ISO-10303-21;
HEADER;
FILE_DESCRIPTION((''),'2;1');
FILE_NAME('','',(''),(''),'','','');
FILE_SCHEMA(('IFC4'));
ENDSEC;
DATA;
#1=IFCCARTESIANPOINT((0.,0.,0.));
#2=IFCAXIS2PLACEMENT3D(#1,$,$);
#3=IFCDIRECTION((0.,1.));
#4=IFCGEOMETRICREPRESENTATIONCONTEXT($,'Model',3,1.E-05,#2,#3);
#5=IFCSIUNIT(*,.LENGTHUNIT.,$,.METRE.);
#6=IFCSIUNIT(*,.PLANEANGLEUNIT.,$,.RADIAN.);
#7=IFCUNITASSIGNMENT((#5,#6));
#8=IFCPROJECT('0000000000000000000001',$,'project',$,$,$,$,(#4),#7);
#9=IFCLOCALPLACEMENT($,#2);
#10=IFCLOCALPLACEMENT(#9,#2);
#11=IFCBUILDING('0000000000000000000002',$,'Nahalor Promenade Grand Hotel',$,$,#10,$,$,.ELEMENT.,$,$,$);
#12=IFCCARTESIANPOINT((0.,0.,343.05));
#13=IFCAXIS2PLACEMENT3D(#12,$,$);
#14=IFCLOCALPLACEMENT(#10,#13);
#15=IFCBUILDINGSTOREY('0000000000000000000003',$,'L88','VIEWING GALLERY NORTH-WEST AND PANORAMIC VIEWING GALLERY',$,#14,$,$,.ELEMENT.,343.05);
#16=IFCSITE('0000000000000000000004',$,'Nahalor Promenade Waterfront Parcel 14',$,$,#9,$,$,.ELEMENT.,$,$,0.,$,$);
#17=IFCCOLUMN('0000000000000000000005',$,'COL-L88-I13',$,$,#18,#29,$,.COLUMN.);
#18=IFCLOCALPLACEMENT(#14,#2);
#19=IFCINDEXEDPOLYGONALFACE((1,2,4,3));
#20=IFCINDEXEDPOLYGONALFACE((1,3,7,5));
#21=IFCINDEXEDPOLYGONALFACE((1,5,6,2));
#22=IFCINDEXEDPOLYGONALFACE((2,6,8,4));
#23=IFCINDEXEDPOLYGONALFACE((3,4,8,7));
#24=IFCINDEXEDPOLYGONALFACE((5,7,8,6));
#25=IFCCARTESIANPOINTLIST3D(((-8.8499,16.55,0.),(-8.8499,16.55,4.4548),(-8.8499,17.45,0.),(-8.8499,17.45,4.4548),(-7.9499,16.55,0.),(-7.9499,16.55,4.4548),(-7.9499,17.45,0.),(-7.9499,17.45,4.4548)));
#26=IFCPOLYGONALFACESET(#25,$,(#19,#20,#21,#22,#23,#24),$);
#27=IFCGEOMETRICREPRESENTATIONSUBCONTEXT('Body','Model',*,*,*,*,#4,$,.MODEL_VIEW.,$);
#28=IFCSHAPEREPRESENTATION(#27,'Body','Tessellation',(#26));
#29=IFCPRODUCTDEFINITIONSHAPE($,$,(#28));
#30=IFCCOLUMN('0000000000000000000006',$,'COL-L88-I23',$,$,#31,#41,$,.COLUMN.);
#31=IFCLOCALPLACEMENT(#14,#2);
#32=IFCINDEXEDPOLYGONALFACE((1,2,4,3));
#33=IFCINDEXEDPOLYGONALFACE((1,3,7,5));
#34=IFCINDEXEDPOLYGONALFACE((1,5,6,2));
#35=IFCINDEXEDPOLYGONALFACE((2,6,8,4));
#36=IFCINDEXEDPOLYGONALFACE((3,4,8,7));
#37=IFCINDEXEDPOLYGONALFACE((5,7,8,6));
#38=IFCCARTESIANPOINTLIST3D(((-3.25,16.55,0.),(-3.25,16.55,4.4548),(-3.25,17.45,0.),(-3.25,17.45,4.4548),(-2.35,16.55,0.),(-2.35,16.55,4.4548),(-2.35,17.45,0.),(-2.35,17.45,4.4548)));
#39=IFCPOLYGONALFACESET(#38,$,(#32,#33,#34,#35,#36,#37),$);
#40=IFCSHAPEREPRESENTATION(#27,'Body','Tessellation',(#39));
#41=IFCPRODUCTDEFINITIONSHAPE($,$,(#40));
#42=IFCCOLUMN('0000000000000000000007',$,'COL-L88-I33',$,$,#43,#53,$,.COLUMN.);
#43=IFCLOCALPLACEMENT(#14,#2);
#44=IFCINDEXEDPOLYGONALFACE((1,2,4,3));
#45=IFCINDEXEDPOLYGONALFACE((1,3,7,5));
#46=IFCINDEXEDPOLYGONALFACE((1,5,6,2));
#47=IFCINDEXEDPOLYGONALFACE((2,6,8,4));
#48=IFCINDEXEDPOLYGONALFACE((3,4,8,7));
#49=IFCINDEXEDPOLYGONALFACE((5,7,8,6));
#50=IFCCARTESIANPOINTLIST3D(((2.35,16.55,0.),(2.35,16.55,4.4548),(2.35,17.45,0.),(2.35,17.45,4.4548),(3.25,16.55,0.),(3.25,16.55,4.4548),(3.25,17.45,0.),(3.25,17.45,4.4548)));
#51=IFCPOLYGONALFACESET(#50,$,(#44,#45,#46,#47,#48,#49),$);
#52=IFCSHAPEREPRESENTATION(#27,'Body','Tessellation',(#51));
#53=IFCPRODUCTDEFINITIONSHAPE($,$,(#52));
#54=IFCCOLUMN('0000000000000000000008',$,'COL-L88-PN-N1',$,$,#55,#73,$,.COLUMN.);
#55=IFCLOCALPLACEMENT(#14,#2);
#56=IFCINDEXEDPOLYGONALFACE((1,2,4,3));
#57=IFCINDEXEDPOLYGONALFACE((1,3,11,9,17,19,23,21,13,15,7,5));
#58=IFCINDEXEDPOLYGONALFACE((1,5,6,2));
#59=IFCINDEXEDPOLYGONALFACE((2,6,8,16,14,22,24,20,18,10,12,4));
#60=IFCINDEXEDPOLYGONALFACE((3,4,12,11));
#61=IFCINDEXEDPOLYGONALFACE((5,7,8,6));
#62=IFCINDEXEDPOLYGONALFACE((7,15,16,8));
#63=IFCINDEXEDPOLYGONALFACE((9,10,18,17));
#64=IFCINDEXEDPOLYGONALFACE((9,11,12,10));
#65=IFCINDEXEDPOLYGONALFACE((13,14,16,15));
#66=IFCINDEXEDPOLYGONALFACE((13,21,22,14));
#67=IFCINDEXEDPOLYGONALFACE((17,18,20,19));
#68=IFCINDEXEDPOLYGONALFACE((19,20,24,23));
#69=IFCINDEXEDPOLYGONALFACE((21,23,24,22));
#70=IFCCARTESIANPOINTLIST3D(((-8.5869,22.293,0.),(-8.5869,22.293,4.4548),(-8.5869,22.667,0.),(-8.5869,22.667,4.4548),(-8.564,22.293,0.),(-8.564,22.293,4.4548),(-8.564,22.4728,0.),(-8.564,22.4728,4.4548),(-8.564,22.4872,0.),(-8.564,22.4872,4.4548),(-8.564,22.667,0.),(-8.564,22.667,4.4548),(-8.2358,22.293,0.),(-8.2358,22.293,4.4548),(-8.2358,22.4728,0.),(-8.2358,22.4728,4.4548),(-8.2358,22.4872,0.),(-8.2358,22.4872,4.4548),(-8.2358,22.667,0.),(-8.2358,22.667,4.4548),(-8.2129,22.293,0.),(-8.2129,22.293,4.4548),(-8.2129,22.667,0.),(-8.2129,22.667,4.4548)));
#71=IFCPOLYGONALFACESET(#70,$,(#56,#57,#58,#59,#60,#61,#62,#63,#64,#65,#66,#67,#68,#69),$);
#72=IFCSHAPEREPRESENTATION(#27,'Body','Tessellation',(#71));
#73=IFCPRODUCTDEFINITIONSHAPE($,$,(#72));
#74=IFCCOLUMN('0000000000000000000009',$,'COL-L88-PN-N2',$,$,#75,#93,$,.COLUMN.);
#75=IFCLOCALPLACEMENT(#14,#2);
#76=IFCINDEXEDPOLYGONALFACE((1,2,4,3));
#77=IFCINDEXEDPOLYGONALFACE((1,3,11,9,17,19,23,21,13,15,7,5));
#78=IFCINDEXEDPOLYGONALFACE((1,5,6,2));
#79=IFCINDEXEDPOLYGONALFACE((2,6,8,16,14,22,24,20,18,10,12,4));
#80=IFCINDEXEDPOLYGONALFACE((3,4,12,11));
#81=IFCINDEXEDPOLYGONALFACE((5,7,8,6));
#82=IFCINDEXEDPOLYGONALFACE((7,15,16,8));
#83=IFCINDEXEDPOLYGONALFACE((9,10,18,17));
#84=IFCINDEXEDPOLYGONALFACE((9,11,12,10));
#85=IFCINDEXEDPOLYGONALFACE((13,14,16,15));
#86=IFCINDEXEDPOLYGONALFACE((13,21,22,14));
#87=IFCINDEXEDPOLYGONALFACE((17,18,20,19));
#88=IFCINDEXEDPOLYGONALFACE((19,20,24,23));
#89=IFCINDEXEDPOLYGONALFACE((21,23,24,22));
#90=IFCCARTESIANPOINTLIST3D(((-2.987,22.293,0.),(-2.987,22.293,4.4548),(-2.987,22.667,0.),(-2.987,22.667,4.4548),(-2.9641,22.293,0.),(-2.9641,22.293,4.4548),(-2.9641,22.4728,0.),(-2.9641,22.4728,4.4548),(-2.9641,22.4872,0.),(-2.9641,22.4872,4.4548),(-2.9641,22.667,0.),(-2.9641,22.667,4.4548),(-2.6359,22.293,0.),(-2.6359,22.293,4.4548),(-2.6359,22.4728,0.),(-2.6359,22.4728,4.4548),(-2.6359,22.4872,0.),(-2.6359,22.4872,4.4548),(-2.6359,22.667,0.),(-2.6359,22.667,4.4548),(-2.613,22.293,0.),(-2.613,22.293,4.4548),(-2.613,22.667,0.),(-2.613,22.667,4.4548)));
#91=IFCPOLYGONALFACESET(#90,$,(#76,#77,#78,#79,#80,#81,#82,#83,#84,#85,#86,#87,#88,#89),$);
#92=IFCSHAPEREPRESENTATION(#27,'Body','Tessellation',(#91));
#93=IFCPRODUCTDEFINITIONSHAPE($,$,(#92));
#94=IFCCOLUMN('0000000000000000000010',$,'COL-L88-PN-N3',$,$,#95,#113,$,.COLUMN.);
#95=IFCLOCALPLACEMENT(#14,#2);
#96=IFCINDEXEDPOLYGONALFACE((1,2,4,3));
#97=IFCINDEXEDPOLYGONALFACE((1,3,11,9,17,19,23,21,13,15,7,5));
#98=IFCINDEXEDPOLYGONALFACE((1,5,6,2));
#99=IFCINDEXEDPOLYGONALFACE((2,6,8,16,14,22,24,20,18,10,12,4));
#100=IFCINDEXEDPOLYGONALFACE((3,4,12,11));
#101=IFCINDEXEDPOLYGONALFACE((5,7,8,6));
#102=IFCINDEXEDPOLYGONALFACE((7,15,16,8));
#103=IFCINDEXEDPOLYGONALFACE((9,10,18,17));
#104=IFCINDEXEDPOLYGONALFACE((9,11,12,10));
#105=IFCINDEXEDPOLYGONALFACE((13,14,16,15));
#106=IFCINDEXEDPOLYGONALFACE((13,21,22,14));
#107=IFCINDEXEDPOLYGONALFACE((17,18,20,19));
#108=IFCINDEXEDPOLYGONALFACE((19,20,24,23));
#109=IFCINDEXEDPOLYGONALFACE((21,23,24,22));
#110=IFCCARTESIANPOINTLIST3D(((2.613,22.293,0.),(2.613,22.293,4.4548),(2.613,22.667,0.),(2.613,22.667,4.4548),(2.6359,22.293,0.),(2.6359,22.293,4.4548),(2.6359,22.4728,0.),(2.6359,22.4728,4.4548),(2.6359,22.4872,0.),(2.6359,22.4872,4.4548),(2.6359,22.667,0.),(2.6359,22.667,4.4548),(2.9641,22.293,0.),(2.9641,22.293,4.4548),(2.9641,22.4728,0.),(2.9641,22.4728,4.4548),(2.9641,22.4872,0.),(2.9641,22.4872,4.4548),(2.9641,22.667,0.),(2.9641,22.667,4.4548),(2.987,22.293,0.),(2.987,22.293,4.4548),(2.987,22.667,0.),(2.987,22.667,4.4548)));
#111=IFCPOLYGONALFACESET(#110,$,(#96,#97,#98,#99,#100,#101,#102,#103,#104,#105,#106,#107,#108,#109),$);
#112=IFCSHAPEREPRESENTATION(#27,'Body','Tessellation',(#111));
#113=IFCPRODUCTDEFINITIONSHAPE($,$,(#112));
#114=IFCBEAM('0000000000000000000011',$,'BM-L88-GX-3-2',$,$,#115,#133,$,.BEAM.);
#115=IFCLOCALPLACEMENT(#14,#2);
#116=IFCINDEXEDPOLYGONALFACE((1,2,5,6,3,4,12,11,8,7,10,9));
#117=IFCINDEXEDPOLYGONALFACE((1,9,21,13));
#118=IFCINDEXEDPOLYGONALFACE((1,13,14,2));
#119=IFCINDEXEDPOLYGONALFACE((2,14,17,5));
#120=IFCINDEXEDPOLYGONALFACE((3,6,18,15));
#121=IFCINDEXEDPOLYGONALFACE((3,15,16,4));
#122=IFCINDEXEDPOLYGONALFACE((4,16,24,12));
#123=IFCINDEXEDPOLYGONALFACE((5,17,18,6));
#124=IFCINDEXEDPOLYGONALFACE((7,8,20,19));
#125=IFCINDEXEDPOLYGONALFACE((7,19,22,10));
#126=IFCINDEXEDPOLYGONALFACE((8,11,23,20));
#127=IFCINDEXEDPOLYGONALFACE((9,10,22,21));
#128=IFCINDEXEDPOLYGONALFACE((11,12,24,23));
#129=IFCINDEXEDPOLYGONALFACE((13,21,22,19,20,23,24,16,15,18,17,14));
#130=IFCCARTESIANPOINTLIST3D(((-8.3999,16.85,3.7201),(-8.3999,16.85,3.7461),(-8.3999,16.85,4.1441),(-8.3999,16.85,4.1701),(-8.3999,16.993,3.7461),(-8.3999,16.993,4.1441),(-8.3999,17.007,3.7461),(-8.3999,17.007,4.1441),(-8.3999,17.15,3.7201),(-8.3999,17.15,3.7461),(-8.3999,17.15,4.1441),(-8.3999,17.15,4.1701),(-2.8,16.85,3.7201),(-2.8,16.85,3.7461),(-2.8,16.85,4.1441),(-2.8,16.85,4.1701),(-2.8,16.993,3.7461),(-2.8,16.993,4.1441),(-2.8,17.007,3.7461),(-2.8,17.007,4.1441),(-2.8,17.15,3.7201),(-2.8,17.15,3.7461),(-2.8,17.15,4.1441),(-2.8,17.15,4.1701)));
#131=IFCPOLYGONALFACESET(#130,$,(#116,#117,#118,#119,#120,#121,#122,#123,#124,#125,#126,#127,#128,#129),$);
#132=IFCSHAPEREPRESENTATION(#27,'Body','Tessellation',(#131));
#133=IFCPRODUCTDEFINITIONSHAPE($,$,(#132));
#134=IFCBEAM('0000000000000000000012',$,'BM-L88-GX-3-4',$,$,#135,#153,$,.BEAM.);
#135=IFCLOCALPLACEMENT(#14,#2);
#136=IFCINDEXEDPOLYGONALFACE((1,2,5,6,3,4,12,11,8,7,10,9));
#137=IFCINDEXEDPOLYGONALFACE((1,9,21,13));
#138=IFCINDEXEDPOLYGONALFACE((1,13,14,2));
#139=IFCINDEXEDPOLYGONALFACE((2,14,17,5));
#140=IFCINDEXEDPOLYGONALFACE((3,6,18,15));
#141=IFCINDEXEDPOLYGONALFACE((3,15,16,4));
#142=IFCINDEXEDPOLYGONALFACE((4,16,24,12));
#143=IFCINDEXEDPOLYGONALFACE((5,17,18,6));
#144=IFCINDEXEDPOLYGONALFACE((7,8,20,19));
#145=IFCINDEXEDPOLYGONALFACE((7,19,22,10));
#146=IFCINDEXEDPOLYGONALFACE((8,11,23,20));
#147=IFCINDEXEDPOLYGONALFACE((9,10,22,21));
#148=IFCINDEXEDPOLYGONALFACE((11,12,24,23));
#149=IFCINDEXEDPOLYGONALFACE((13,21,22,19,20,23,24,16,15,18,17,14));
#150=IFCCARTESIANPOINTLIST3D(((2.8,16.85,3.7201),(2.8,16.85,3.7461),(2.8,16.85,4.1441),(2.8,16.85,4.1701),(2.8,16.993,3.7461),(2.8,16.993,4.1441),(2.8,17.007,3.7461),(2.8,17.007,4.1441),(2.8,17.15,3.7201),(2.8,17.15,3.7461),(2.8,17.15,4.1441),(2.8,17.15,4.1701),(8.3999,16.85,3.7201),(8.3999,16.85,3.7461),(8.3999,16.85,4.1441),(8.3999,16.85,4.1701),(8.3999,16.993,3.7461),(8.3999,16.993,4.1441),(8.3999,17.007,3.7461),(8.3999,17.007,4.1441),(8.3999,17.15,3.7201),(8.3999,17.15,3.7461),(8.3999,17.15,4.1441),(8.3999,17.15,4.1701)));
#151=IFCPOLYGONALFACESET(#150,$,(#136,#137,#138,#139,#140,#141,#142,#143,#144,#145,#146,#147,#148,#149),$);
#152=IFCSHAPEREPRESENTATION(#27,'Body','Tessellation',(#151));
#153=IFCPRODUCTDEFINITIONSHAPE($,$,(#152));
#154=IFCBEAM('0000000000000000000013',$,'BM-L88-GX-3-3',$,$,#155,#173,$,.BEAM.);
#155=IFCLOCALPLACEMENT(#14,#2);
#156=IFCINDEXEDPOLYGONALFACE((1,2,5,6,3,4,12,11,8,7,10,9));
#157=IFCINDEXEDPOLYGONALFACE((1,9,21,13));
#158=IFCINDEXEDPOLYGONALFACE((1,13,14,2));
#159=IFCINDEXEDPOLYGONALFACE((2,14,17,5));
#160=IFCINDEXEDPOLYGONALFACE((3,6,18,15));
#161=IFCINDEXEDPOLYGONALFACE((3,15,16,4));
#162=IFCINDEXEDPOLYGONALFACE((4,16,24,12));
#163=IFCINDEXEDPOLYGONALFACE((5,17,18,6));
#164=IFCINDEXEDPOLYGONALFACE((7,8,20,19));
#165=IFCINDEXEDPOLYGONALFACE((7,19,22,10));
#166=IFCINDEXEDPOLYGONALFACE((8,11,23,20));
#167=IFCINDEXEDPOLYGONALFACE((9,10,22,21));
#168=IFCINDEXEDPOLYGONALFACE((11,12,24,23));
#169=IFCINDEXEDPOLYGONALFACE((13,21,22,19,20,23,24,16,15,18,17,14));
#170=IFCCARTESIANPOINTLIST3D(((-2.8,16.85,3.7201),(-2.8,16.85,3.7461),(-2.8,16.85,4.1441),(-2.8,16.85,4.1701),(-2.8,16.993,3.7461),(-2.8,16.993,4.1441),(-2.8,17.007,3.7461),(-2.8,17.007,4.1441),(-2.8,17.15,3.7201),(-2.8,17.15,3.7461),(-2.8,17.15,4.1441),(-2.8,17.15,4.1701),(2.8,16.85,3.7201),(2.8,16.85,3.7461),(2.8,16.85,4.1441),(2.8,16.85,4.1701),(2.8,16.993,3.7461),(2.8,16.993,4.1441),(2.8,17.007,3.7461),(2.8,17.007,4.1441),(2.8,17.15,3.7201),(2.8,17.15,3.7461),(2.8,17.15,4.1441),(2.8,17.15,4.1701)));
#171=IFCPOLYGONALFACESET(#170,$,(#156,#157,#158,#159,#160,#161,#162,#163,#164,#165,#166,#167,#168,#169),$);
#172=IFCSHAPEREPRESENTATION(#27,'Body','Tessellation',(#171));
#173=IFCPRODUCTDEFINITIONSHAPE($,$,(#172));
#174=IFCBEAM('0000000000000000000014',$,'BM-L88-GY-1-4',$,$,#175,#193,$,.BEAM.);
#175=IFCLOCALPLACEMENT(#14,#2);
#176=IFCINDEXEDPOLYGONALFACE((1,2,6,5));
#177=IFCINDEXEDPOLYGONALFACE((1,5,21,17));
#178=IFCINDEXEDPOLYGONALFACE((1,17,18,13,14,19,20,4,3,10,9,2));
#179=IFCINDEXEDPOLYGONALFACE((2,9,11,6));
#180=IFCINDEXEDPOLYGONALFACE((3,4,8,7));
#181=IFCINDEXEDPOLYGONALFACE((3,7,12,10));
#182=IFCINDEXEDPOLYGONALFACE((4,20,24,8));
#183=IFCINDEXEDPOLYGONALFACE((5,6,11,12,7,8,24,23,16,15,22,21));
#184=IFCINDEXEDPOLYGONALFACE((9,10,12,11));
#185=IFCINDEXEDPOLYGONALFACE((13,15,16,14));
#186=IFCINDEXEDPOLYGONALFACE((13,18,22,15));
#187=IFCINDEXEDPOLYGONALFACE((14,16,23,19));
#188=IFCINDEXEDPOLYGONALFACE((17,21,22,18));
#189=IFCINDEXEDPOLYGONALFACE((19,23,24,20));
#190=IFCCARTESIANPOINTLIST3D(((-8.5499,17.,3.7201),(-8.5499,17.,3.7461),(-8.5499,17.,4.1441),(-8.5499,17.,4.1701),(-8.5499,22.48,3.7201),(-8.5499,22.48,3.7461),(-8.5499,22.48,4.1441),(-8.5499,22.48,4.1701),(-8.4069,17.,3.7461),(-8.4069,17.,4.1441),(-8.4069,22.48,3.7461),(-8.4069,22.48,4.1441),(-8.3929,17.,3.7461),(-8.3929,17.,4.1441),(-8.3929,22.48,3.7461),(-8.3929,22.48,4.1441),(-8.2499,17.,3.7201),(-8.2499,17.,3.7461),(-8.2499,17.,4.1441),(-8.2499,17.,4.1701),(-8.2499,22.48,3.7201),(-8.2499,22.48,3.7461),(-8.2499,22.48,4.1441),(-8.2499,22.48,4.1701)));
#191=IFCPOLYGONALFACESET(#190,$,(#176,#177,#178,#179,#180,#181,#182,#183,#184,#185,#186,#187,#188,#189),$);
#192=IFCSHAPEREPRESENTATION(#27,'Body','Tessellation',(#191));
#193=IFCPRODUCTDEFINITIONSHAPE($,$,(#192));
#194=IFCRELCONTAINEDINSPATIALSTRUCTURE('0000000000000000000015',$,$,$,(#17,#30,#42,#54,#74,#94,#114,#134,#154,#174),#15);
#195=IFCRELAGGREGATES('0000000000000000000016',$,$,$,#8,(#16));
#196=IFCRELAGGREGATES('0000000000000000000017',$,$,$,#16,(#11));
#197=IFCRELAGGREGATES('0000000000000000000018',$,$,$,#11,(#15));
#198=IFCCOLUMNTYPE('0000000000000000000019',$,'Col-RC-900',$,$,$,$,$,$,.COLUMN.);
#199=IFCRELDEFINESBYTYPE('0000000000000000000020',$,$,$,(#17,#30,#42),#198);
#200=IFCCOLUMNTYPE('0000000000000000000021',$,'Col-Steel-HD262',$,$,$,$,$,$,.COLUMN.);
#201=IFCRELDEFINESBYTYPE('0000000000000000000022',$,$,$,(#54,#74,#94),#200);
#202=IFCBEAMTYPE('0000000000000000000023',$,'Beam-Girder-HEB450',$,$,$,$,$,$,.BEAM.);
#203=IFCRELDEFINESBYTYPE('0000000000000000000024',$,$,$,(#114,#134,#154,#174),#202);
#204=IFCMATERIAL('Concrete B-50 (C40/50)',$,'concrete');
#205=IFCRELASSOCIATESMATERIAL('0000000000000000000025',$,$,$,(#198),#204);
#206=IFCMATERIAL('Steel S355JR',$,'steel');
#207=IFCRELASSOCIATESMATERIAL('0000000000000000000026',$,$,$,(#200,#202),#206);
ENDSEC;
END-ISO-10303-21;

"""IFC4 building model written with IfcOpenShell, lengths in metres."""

from ifc_helpers import new_model, si_unit, direction, frame, origin, origin_2d, place, context, subcontext, project, spatial, rectangle, i_section, extrude, source, transform, mapped, material, material_profile, profile_set, type_object, element, save


model = new_model("IFC4")

# Units and contexts
model_context = context("Model", 3, precision=1e-05, world=origin(), true_north=direction((0.0, 1.0)))
body_context = subcontext(model_context, "Body", "Model", "MODEL_VIEW")
ifc_project = project(units=[si_unit("LENGTHUNIT", "METRE"), si_unit("PLANEANGLEUNIT", "RADIAN")], contexts=[model_context])

# Site, building, storey
site_placement = place(None, origin())
site = spatial("IfcSite", under=ifc_project, at=site_placement, Name="Nahalor Promenade Waterfront Parcel 14", CompositionType="ELEMENT", RefElevation=0.0)
building_placement = place(site_placement, origin())
building = spatial("IfcBuilding", under=site, at=building_placement, Name="Nahalor Promenade Grand Hotel", CompositionType="ELEMENT")
storey_placement = place(building_placement, frame((0.0, 0.0, 343.05)))
storey = spatial("IfcBuildingStorey", under=building, at=storey_placement, Name="L88", Description="VIEWING GALLERY NORTH-WEST AND PANORAMIC VIEWING GALLERY", CompositionType="ELEMENT", Elevation=343.05)

# Columns
ifc_material_1 = material(Name="Concrete B-50 (C40/50)", Category="concrete")
ifc_material_profile_1 = material_profile(ifc_material_1, rectangle(XDim=0.9, YDim=0.9, at=origin_2d()), Name="RC 900x900")
ifc_profile_set_1 = profile_set([ifc_material_profile_1], Name="Concrete B-50 (C40/50)")
column_type_1 = type_object("IfcColumnType", Name="Col-RC-900", PredefinedType="COLUMN", material=ifc_profile_set_1)
shared_shape_1 = source(origin(), body_context, "Body", "SweptSolid", [
    extrude(rectangle(XDim=0.9, YDim=0.9, at=origin_2d()), origin(), (0.0, 0.0, 1.0), 4.4548),
])
for number, where, z_axis, x_axis, name in (
    (1, (-8.3999, 17.0, 0.0), (0.0, 0.0, 1.0), (1.0, 0.0, 0.0), "COL-L88-I13"),
    (2, (-2.8, 17.0, 0.0), (0.0, 0.0, 1.0), (1.0, 0.0, 0.0), "COL-L88-I23"),
    (3, (2.8, 17.0, 0.0), (0.0, 0.0, 1.0), (1.0, 0.0, 0.0), "COL-L88-I33"),
):
    element("IfcColumn", number, at=place(storey_placement, frame(where, z_axis=z_axis, x_axis=x_axis)), inside=storey, type_object=column_type_1, Name=name, PredefinedType="COLUMN", context=body_context, shape_type="MappedRepresentation", body=[
        mapped(shared_shape_1, transform((0.0, 0.0, 0.0), scale=1.0)),
    ])
ifc_material_2 = material(Name="Steel S355JR", Category="steel")
ifc_material_profile_2 = material_profile(ifc_material_2, i_section(OverallWidth=0.374, OverallDepth=0.374, WebThickness=0.0144, FlangeThickness=0.0229, at=origin_2d()), Name="HD 360x262")
ifc_profile_set_2 = profile_set([ifc_material_profile_2], Name="Steel S355JR")
column_type_2 = type_object("IfcColumnType", Name="Col-Steel-HD262", PredefinedType="COLUMN", material=ifc_profile_set_2)
shared_shape_2 = source(origin(), body_context, "Body", "SweptSolid", [
    extrude(i_section(OverallWidth=0.374, OverallDepth=0.374, WebThickness=0.0144, FlangeThickness=0.0229, at=origin_2d()), origin(), (0.0, 0.0, 1.0), 4.4548),
])
for number, where, z_axis, x_axis, name in (
    (4, (-8.3999, 22.48, 0.0), (0.0, 0.0, 1.0), (0.0, 1.0, 0.0), "COL-L88-PN-N1"),
    (5, (-2.8, 22.48, 0.0), (0.0, 0.0, 1.0), (0.0, 1.0, 0.0), "COL-L88-PN-N2"),
    (6, (2.8, 22.48, 0.0), (0.0, 0.0, 1.0), (0.0, 1.0, 0.0), "COL-L88-PN-N3"),
):
    element("IfcColumn", number, at=place(storey_placement, frame(where, z_axis=z_axis, x_axis=x_axis)), inside=storey, type_object=column_type_2, Name=name, PredefinedType="COLUMN", context=body_context, shape_type="MappedRepresentation", body=[
        mapped(shared_shape_2, transform((0.0, 0.0, 0.0), scale=1.0)),
    ])

# Beams
ifc_material_profile_3 = material_profile(ifc_material_2, i_section(OverallWidth=0.3, OverallDepth=0.45, WebThickness=0.014, FlangeThickness=0.026, at=origin_2d()), Name="HEB 450")
ifc_profile_set_3 = profile_set([ifc_material_profile_3], Name="Steel S355JR")
beam_type_1 = type_object("IfcBeamType", Name="Beam-Girder-HEB450", PredefinedType="BEAM", material=ifc_profile_set_3)
shared_shape_3 = source(origin(), body_context, "Body", "SweptSolid", [
    extrude(i_section(OverallWidth=0.3, OverallDepth=0.45, WebThickness=0.014, FlangeThickness=0.026, at=origin_2d()), origin(), (0.0, 0.0, 1.0), 5.5999),
])
for number, where, z_axis, x_axis, name in (
    (7, (-8.3999, 17.0, 3.9451), (1.0, 0.0, 0.0), (0.0, 1.0, 0.0), "BM-L88-GX-3-2"),
    (8, (2.8, 17.0, 3.9451), (1.0, 0.0, 0.0), (0.0, 1.0, 0.0), "BM-L88-GX-3-4"),
):
    element("IfcBeam", number, at=place(storey_placement, frame(where, z_axis=z_axis, x_axis=x_axis)), inside=storey, type_object=beam_type_1, Name=name, PredefinedType="BEAM", context=body_context, shape_type="MappedRepresentation", body=[
        mapped(shared_shape_3, transform((0.0, 0.0, 0.0), scale=1.0)),
    ])
shared_shape_4 = source(origin(), body_context, "Body", "SweptSolid", [
    extrude(i_section(OverallWidth=0.3, OverallDepth=0.45, WebThickness=0.014, FlangeThickness=0.026, at=origin_2d()), origin(), (0.0, 0.0, 1.0), 5.6001),
])
beam_1_placement = place(storey_placement, frame((-2.8, 17.0, 3.9451), z_axis=(1.0, 0.0, 0.0), x_axis=(0.0, 1.0, 0.0)))
element("IfcBeam", 9, at=beam_1_placement, inside=storey, type_object=beam_type_1, Name="BM-L88-GX-3-3", PredefinedType="BEAM", context=body_context, shape_type="MappedRepresentation", body=[
    mapped(shared_shape_4, transform((0.0, 0.0, 0.0), scale=1.0)),
])
shared_shape_5 = source(origin(), body_context, "Body", "SweptSolid", [
    extrude(i_section(OverallWidth=0.3, OverallDepth=0.45, WebThickness=0.014, FlangeThickness=0.026, at=origin_2d()), origin(), (0.0, 0.0, 1.0), 5.48),
])
for number, where, z_axis, x_axis, name in (
    (10, (-8.3999, 17.0, 3.9451), (0.0, 1.0, 0.0), (-1.0, 0.0, 0.0), "BM-L88-GY-1-4"),
):
    element("IfcBeam", number, at=place(storey_placement, frame(where, z_axis=z_axis, x_axis=x_axis)), inside=storey, type_object=beam_type_1, Name=name, PredefinedType="BEAM", context=body_context, shape_type="MappedRepresentation", body=[
        mapped(shared_shape_5, transform((0.0, 0.0, 0.0), scale=1.0)),
    ])

save(model, "model.ifc")
